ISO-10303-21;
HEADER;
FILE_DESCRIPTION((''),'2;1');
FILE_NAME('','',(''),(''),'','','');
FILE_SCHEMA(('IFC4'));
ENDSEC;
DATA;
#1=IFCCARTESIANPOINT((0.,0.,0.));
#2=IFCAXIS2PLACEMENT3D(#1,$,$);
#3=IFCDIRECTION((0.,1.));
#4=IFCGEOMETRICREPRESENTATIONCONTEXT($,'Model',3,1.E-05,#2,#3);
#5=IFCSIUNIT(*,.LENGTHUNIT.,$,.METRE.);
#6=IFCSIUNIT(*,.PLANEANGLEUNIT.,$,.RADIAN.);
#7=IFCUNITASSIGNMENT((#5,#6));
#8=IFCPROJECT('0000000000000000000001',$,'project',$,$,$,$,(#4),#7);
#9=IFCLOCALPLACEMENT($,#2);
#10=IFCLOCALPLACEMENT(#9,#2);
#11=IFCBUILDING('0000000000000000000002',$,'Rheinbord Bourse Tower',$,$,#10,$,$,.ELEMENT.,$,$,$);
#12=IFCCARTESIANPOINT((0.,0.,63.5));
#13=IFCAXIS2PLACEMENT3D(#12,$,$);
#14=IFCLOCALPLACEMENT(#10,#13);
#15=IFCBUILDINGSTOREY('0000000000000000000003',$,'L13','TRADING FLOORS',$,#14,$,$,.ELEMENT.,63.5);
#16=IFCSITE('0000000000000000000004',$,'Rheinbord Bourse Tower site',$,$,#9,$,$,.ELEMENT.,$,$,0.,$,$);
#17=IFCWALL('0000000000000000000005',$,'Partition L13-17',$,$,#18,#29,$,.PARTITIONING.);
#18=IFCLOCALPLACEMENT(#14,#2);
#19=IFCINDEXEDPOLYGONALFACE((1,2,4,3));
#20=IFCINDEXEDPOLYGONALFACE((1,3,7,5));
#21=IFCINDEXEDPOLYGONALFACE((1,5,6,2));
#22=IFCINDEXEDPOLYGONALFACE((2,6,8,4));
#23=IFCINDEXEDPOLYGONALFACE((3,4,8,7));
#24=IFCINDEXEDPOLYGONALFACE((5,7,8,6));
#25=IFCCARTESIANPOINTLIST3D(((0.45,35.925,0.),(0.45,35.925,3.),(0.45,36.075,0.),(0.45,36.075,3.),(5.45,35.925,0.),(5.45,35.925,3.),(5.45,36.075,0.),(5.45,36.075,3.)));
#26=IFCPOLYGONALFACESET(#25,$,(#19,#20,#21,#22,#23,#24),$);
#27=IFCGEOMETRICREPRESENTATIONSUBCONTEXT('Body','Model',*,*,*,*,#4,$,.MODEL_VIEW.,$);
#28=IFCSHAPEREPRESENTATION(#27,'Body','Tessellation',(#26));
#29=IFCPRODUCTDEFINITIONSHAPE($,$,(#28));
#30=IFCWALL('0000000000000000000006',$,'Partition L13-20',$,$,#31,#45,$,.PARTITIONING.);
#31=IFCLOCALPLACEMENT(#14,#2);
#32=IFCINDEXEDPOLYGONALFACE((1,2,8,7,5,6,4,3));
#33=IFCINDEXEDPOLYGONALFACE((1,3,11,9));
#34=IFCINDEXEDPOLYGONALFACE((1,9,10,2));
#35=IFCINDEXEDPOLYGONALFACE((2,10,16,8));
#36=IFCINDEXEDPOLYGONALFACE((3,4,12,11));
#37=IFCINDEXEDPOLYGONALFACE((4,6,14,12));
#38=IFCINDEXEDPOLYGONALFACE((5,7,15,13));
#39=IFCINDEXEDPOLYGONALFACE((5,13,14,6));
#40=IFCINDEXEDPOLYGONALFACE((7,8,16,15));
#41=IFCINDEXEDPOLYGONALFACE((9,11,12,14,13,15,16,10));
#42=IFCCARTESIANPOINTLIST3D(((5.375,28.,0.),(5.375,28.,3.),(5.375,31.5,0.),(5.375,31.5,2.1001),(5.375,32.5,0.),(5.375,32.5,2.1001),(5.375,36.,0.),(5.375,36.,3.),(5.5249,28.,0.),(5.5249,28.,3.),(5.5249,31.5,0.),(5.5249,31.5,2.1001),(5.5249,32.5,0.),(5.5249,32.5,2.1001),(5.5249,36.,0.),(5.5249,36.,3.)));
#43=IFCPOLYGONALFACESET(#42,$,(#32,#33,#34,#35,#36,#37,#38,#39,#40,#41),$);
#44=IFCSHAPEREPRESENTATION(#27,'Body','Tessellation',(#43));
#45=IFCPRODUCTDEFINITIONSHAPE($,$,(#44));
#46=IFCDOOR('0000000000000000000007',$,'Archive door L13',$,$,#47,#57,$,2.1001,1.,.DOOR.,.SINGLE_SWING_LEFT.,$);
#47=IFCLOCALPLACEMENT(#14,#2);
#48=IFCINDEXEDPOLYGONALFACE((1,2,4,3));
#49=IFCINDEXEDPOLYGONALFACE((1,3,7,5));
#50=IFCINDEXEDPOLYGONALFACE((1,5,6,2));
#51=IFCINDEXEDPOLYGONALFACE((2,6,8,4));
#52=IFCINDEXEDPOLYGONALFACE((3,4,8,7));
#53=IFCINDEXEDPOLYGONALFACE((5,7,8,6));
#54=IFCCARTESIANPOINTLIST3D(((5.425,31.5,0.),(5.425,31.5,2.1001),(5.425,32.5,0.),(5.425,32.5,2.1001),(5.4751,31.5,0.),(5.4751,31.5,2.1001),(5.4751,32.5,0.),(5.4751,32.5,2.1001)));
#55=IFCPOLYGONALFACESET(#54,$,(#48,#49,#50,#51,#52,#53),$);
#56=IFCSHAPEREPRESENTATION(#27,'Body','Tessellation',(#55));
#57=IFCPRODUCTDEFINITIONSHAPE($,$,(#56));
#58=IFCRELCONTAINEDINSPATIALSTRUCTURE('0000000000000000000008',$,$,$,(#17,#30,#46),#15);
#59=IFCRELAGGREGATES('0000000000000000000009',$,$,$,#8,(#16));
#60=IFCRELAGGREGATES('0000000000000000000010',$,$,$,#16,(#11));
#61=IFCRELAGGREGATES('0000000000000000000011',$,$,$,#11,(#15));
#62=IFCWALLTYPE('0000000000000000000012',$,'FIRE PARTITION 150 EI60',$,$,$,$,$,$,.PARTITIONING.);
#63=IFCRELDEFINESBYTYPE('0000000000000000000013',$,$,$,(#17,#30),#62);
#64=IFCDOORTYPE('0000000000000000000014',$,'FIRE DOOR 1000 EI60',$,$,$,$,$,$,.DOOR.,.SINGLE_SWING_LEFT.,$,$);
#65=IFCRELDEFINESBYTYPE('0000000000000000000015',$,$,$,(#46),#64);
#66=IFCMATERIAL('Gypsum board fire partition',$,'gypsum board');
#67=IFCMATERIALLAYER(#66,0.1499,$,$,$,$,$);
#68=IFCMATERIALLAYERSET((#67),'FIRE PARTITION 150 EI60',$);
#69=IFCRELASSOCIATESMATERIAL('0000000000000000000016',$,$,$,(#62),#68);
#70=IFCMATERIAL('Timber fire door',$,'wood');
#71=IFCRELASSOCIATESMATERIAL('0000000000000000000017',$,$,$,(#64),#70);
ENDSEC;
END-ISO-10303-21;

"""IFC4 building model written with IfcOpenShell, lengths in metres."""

from ifc_helpers import new_model, si_unit, direction, frame, frame_2d, origin, place, context, subcontext, project, spatial, rectangle, extrude, material, layer, layer_set, type_object, element, fill, save


model = new_model("IFC4")

# Units and contexts
model_context = context("Model", 3, precision=1e-05, world=origin(), true_north=direction((0.0, 1.0)))
body_context = subcontext(model_context, "Body", "Model", "MODEL_VIEW")
ifc_project = project(units=[si_unit("LENGTHUNIT", "METRE"), si_unit("PLANEANGLEUNIT", "RADIAN")], contexts=[model_context])

# Site, building, storey
site_placement = place(None, origin())
site = spatial("IfcSite", under=ifc_project, at=site_placement, Name="Rheinbord Bourse Tower site", CompositionType="ELEMENT", RefElevation=0.0)
building_placement = place(site_placement, origin())
building = spatial("IfcBuilding", under=site, at=building_placement, Name="Rheinbord Bourse Tower", CompositionType="ELEMENT")
storey_placement = place(building_placement, frame((0.0, 0.0, 63.5)))
storey = spatial("IfcBuildingStorey", under=building, at=storey_placement, Name="L13", Description="TRADING FLOORS", CompositionType="ELEMENT", Elevation=63.5)

# Wall
ifc_material_1 = material(Name="Gypsum board fire partition", Category="gypsum board")
ifc_layer_1 = layer(ifc_material_1, 0.1499)
ifc_layer_set_1 = layer_set([ifc_layer_1], Name="FIRE PARTITION 150 EI60")
wall_type_1 = type_object("IfcWallType", Name="FIRE PARTITION 150 EI60", PredefinedType="PARTITIONING", material=ifc_layer_set_1)
for number, where, z_axis, x_axis, name in (
    (1, (0.45, 36.0, 0.0), (0.0, 0.0, 1.0), (1.0, 0.0, 0.0), "Partition L13-17"),
):
    element("IfcWall", number, at=place(storey_placement, frame(where, z_axis=z_axis, x_axis=x_axis)), inside=storey, type_object=wall_type_1, Name=name, PredefinedType="PARTITIONING", context=body_context, shape_type="SweptSolid", body=[
        extrude(rectangle(XDim=5.0, YDim=0.1499, at=frame_2d((2.5, 0.0))), origin(), (0.0, 0.0, 1.0), 3.0),
    ])

# Wall, opening, door
wall_1_placement = place(storey_placement, frame((5.45, 28.0, 0.0), z_axis=(0.0, 0.0, 1.0), x_axis=(0.0, 1.0, 0.0)))
wall_1 = element("IfcWall", 2, at=wall_1_placement, inside=storey, type_object=wall_type_1, Name="Partition L13-20", PredefinedType="PARTITIONING", context=body_context, shape_type="SweptSolid", body=[
    extrude(rectangle(XDim=8.0, YDim=0.1499, at=frame_2d((4.0, 0.0))), origin(), (0.0, 0.0, 1.0), 3.0),
])
opening_placement = place(wall_1_placement, frame((3.5, 0.0, 0.0)))
opening = element("IfcOpeningElement", 3, at=opening_placement, cuts=wall_1, PredefinedType="OPENING", context=body_context, shape_type="SweptSolid", body=[
    extrude(rectangle(XDim=1.0, YDim=2.1001, at=frame_2d((0.5, 1.05))), frame((0.0, 0.085, 0.0), z_axis=(0.0, -1.0, 0.0), x_axis=(1.0, 0.0, 0.0)), (0.0, 0.0, 1.0), 0.1699),
])
ifc_material_2 = material(Name="Timber fire door", Category="wood")
door_type = type_object("IfcDoorType", Name="FIRE DOOR 1000 EI60", OperationType="SINGLE_SWING_LEFT", PredefinedType="DOOR", material=ifc_material_2)
door_placement = place(opening_placement, origin())
door = element("IfcDoor", 4, at=door_placement, inside=storey, type_object=door_type, Name="Archive door L13", OperationType="SINGLE_SWING_LEFT", OverallHeight=2.1001, OverallWidth=1.0, PredefinedType="DOOR", context=body_context, shape_type="SweptSolid", body=[
    extrude(rectangle(XDim=1.0, YDim=2.1001, at=frame_2d((0.5, 1.05))), frame((0.0, 0.0249, 0.0), z_axis=(0.0, -1.0, 0.0), x_axis=(1.0, 0.0, 0.0)), (0.0, 0.0, 1.0), 0.05),
])
fill(opening, door)

save(model, "model.ifc")
